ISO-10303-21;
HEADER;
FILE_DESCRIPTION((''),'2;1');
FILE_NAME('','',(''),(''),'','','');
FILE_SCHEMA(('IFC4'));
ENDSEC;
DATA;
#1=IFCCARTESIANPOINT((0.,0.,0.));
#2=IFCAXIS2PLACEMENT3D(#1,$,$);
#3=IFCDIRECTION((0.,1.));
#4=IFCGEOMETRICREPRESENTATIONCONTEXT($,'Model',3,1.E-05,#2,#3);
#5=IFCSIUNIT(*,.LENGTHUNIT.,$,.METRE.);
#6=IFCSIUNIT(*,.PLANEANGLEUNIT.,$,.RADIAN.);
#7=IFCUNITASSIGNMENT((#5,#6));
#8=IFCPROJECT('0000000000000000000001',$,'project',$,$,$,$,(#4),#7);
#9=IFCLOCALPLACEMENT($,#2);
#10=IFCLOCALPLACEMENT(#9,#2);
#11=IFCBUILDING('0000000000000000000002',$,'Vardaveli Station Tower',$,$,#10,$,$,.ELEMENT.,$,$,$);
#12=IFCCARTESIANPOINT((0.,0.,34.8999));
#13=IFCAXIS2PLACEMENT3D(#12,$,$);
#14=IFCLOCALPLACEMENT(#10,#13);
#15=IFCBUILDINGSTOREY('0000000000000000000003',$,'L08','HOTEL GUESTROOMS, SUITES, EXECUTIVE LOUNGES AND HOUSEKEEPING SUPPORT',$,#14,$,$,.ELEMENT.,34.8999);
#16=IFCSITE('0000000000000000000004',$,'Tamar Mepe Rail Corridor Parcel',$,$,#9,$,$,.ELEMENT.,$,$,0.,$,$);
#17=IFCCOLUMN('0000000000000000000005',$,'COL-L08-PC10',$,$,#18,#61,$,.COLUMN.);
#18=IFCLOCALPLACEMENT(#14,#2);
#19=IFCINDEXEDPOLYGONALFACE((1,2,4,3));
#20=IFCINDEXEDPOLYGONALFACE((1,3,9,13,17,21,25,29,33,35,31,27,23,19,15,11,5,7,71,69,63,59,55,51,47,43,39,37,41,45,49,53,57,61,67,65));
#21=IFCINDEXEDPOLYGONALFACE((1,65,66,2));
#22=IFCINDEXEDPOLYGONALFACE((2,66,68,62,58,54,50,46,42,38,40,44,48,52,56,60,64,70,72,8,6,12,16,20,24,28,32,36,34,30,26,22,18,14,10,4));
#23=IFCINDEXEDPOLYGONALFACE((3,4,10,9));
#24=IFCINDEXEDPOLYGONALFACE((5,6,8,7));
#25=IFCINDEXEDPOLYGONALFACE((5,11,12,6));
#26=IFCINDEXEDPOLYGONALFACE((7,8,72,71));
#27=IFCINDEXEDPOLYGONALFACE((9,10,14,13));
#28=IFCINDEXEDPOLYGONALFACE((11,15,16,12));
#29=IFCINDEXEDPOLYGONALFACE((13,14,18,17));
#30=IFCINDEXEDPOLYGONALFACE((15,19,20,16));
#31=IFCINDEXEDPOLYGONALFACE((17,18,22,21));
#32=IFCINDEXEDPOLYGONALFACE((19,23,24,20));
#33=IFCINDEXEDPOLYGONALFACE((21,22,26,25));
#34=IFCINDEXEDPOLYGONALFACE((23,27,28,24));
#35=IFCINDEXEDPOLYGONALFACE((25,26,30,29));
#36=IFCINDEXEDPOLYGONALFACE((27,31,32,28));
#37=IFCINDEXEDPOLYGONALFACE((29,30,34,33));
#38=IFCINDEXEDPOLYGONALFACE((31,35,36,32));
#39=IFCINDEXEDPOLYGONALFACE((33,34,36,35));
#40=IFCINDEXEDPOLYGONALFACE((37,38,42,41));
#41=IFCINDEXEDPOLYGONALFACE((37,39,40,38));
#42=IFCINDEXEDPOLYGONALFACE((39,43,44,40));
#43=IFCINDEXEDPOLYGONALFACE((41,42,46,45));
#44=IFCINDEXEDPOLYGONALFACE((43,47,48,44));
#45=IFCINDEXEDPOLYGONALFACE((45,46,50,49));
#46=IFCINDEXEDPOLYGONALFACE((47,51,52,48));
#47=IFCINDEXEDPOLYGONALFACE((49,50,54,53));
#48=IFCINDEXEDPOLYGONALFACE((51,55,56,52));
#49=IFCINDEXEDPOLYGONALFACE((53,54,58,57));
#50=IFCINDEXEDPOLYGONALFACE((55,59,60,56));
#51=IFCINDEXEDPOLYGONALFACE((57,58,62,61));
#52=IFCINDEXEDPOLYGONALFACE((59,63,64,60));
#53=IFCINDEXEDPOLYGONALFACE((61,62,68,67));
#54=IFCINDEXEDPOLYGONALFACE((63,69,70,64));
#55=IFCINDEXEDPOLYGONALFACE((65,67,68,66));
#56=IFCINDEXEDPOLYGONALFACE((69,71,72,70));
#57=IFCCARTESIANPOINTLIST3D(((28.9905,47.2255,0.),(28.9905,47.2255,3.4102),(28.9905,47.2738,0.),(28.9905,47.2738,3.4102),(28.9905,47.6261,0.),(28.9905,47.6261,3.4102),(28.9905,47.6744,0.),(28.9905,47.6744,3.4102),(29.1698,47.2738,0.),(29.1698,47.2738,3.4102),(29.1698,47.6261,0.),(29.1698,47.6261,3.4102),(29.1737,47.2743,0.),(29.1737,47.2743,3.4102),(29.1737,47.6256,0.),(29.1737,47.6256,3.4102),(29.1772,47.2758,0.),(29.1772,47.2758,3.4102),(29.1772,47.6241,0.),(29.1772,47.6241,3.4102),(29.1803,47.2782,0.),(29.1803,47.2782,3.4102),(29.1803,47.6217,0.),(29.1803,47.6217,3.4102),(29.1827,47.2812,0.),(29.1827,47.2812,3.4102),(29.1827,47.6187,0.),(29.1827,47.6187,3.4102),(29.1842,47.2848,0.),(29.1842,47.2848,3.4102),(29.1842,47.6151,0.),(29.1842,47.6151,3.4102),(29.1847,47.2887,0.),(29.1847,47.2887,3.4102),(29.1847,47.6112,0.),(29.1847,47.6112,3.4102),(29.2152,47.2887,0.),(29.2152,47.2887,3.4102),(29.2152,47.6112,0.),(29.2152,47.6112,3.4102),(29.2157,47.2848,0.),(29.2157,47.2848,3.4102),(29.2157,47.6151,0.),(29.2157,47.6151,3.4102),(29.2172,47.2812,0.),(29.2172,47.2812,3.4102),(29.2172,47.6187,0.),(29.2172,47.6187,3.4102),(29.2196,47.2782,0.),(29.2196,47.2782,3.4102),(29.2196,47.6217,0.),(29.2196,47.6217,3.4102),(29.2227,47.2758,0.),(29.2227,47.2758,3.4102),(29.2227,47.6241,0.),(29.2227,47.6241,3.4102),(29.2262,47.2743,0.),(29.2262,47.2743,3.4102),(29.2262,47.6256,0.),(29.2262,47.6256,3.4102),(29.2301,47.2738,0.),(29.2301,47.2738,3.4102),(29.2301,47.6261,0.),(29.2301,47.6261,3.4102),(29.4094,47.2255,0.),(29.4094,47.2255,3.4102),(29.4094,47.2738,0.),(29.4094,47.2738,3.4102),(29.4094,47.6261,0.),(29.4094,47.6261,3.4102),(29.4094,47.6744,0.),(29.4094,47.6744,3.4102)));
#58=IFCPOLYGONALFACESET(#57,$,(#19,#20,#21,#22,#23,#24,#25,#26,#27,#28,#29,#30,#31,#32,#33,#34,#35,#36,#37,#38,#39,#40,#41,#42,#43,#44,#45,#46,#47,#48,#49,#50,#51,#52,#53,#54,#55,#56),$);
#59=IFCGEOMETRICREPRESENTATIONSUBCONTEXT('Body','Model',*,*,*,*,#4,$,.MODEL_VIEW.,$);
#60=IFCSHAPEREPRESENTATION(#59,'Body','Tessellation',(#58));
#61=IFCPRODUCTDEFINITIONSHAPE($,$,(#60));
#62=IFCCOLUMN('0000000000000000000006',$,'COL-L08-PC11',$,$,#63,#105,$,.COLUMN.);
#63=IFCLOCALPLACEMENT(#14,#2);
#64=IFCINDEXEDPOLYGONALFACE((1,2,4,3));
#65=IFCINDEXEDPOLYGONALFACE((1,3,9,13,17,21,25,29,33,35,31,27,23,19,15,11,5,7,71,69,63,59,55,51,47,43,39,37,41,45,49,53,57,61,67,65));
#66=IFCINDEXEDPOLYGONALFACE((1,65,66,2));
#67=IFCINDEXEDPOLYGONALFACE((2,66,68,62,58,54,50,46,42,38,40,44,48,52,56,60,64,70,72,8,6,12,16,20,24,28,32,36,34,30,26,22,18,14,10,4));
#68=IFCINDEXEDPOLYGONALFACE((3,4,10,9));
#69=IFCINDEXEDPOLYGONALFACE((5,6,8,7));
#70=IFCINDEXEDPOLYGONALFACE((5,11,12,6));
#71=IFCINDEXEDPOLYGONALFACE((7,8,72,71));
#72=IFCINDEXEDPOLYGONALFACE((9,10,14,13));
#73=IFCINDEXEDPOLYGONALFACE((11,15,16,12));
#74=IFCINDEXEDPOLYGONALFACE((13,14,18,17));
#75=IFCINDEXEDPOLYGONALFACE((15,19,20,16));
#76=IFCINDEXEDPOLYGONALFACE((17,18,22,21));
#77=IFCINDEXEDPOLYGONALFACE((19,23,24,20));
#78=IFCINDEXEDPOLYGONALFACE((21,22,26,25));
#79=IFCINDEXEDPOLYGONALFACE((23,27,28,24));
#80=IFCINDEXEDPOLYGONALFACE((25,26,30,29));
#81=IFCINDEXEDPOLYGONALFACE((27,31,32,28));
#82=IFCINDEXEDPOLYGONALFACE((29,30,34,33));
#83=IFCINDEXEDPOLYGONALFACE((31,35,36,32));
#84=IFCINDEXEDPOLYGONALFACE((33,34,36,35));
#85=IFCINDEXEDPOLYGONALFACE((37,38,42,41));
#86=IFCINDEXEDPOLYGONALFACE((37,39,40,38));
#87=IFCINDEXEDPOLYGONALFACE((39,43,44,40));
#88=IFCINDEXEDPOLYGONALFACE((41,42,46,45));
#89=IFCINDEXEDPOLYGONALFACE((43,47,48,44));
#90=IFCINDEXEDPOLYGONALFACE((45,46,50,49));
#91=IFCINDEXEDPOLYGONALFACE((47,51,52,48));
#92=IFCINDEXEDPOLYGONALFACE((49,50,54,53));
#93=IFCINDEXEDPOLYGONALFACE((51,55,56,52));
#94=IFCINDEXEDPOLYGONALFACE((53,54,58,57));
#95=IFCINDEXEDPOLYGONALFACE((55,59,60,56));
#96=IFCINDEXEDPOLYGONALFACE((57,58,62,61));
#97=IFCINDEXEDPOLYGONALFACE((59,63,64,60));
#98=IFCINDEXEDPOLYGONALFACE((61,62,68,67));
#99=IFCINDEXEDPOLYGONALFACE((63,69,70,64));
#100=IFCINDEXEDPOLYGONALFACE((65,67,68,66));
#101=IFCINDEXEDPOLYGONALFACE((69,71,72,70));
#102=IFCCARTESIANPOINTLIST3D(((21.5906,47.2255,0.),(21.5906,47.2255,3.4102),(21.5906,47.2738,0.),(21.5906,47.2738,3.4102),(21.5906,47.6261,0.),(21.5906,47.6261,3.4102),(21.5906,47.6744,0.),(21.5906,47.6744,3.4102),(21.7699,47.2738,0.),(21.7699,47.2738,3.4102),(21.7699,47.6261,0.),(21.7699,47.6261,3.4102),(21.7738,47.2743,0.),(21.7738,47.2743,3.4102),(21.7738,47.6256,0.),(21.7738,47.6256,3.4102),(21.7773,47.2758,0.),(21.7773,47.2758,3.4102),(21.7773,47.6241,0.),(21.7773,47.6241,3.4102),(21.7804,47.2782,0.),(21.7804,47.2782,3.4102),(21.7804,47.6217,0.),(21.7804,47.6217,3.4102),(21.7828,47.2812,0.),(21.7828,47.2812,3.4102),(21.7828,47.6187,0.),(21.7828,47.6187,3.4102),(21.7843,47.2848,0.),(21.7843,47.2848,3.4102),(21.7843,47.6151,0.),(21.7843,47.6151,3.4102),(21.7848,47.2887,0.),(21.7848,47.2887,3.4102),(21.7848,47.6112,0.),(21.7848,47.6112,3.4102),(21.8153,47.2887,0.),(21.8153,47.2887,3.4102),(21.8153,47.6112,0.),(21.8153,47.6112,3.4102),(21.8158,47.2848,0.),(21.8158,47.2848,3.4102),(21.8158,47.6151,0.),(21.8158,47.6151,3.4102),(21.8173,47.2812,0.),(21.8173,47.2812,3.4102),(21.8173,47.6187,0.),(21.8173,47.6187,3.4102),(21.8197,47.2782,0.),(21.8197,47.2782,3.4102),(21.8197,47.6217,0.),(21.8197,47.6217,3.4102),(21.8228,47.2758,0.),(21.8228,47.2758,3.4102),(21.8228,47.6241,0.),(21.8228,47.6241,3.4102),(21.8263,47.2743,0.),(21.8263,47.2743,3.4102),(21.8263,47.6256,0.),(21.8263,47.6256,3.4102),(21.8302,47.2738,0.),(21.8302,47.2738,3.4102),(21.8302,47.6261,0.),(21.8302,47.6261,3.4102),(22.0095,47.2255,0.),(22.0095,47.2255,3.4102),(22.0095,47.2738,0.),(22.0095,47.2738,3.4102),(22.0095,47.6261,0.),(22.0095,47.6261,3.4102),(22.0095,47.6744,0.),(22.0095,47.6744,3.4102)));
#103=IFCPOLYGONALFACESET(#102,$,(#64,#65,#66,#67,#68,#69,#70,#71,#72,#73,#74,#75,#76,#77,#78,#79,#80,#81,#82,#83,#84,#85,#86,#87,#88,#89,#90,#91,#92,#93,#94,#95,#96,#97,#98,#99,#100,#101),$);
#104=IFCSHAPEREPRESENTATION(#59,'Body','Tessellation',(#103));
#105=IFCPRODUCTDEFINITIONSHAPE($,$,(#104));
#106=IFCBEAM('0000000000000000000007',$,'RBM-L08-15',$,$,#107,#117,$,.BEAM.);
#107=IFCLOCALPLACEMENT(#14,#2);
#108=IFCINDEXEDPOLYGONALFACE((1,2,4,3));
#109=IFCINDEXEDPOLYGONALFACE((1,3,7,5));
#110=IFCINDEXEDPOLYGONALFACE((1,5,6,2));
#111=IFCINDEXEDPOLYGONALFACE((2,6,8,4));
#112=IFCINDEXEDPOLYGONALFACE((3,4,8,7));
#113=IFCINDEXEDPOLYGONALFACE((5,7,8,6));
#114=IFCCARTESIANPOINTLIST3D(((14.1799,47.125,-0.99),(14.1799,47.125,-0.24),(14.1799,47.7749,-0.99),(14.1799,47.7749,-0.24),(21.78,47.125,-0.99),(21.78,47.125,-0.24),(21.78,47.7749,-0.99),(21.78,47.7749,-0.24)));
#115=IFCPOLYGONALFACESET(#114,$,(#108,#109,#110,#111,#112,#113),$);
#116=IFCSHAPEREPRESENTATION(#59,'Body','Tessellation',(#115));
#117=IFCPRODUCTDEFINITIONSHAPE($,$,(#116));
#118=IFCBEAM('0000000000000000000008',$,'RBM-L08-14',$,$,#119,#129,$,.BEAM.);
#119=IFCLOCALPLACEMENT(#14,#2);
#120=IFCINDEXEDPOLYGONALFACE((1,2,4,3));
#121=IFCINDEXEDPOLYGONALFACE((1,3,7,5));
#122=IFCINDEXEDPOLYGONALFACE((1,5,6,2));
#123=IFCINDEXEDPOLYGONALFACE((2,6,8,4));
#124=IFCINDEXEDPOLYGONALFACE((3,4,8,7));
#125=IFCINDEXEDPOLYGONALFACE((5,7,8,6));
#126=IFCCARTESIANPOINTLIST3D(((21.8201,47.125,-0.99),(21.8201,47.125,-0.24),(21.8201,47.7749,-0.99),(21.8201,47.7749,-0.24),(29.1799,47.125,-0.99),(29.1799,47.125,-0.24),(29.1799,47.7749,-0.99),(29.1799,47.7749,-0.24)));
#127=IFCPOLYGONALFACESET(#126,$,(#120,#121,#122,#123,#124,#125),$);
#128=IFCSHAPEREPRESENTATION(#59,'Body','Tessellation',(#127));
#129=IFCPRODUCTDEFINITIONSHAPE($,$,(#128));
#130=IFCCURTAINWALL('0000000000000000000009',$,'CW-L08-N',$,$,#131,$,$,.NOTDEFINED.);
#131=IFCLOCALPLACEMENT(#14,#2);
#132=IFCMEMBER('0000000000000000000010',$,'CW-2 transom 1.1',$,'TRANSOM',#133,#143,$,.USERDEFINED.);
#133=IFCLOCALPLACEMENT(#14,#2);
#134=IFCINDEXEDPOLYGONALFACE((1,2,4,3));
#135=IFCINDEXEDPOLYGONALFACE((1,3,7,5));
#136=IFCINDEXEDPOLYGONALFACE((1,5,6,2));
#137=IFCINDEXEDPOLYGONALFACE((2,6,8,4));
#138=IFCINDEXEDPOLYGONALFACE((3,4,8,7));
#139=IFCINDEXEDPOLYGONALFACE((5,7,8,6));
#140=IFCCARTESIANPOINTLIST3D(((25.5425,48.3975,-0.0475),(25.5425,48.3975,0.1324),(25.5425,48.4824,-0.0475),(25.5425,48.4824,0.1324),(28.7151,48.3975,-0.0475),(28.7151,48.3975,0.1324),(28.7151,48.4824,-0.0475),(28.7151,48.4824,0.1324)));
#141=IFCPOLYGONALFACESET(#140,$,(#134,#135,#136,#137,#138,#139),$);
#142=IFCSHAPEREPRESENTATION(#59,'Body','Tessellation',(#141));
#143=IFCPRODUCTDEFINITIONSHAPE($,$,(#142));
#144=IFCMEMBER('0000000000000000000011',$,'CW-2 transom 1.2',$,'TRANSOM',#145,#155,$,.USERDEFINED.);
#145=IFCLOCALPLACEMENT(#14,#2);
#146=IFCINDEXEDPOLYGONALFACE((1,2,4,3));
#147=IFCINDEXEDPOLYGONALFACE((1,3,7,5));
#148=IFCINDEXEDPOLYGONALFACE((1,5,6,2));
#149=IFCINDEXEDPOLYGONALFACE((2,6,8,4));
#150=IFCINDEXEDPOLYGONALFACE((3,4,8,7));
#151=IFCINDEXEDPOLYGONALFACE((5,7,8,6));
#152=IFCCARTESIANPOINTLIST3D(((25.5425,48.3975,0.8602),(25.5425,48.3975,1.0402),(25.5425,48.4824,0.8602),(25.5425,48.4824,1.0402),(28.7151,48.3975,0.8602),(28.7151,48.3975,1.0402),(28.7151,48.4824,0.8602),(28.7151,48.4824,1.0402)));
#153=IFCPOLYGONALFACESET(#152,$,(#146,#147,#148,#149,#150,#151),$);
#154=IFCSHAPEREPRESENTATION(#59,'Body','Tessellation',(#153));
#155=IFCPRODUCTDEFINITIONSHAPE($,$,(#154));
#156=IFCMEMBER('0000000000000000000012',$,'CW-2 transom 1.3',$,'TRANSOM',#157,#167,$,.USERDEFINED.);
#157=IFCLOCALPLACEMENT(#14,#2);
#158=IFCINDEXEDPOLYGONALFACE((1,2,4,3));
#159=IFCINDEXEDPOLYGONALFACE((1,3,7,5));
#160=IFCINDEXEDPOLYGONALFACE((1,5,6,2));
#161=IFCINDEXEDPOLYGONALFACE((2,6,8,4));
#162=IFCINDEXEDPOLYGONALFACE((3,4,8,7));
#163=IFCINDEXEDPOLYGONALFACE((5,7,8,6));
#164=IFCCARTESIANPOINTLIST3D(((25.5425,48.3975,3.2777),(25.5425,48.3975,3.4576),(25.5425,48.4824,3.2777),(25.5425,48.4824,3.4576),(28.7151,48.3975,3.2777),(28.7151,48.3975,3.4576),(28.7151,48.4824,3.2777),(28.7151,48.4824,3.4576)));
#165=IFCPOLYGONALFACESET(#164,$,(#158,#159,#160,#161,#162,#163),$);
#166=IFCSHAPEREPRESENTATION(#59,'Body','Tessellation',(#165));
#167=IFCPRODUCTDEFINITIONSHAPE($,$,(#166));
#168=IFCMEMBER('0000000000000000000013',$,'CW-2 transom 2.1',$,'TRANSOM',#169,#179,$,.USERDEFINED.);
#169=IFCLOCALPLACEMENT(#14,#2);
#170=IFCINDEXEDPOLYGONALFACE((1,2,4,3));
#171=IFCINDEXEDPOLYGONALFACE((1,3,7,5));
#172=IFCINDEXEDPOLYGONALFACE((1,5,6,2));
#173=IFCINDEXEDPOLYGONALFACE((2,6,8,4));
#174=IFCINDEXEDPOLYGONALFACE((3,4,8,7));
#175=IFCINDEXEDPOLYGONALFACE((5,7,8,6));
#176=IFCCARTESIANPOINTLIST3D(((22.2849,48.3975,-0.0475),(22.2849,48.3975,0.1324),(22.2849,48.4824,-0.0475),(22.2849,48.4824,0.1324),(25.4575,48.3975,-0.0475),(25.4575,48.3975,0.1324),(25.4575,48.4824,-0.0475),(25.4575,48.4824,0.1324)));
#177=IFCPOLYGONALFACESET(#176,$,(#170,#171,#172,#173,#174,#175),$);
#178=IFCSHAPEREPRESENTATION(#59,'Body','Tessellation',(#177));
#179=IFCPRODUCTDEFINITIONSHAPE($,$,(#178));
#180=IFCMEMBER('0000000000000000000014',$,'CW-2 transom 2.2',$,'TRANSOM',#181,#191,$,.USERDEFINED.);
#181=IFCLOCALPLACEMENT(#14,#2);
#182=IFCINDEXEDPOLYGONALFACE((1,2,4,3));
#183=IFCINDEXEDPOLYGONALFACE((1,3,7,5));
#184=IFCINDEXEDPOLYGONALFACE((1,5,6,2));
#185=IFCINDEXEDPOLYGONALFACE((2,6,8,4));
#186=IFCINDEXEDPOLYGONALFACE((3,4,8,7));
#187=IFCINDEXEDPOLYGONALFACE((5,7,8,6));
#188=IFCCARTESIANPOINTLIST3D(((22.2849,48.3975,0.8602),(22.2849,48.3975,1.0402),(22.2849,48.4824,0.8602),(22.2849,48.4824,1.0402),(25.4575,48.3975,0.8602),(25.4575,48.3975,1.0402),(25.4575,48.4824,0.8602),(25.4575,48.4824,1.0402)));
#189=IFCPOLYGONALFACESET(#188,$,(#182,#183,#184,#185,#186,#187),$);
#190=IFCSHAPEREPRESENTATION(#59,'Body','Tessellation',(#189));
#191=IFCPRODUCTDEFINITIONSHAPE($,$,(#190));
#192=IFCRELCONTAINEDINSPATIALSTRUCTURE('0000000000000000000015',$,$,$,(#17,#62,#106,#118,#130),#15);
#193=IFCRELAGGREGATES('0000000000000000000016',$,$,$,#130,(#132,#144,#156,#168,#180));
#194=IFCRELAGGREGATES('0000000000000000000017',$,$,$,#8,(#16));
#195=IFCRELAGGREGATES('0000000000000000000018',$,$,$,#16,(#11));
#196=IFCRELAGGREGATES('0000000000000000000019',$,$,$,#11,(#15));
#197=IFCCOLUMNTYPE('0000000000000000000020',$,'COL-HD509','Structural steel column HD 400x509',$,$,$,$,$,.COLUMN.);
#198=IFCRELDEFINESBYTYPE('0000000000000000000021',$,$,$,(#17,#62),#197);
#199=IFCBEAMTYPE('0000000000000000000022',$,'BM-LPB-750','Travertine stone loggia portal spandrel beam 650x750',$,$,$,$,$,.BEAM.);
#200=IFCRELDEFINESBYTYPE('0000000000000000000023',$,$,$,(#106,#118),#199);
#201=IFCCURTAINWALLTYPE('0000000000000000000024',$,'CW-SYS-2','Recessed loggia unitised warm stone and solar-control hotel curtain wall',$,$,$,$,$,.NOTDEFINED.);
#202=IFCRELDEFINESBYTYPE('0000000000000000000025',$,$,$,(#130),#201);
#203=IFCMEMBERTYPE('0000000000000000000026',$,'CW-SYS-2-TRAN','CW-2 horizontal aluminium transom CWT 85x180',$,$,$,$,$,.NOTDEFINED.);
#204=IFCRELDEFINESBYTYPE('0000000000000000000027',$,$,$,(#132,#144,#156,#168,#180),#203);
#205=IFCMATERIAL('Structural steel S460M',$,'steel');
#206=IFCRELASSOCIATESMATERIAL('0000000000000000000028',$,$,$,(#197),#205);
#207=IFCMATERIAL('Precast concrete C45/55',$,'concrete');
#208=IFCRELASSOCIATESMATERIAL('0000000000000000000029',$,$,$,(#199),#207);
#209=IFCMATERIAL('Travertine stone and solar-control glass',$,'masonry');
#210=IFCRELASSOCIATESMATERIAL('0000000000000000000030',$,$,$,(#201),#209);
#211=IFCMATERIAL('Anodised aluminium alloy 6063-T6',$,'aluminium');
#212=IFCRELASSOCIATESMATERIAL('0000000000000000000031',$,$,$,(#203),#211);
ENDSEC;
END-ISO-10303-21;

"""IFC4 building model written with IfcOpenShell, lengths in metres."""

from ifc_helpers import new_model, si_unit, direction, frame, origin, origin_2d, place, context, subcontext, project, spatial, rectangle, i_section, extrude, source, transform, mapped, material, material_profile, profile_set, type_object, element, aggregate, save


model = new_model("IFC4")

# Units and contexts
model_context = context("Model", 3, precision=1e-05, world=origin(), true_north=direction((0.0, 1.0)))
body_context = subcontext(model_context, "Body", "Model", "MODEL_VIEW")
ifc_project = project(units=[si_unit("LENGTHUNIT", "METRE"), si_unit("PLANEANGLEUNIT", "RADIAN")], contexts=[model_context])

# Site, building, storey
site_placement = place(None, origin())
site = spatial("IfcSite", under=ifc_project, at=site_placement, Name="Tamar Mepe Rail Corridor Parcel", CompositionType="ELEMENT", RefElevation=0.0)
building_placement = place(site_placement, origin())
building = spatial("IfcBuilding", under=site, at=building_placement, Name="Vardaveli Station Tower", CompositionType="ELEMENT")
storey_placement = place(building_placement, frame((0.0, 0.0, 34.8999)))
storey = spatial("IfcBuildingStorey", under=building, at=storey_placement, Name="L08", Description="HOTEL GUESTROOMS, SUITES, EXECUTIVE LOUNGES AND HOUSEKEEPING SUPPORT", CompositionType="ELEMENT", Elevation=34.8999)

# Columns
ifc_material_1 = material(Name="Structural steel S460M", Category="steel")
ifc_material_profile_1 = material_profile(ifc_material_1, i_section(OverallWidth=0.4189, OverallDepth=0.449, WebThickness=0.0305, FlangeThickness=0.0483, FilletRadius=0.0149, at=origin_2d()), Name="HD 400x509")
ifc_profile_set_1 = profile_set([ifc_material_profile_1], Name="Structural steel S460M")
column_type = type_object("IfcColumnType", Name="COL-HD509", Description="Structural steel column HD 400x509", PredefinedType="COLUMN", material=ifc_profile_set_1)
shared_shape_1 = source(origin(), body_context, "Body", "SweptSolid", [
    extrude(i_section(OverallWidth=0.4189, OverallDepth=0.449, WebThickness=0.0305, FlangeThickness=0.0483, FilletRadius=0.0149, at=origin_2d()), origin(), (0.0, 0.0, 1.0), 3.4102),
])
for number, where, z_axis, x_axis, name in (
    (1, (29.2, 47.45, 0.0), (0.0, 0.0, 1.0), (1.0, 0.0, 0.0), "COL-L08-PC10"),
    (2, (21.8, 47.45, 0.0), (0.0, 0.0, 1.0), (1.0, 0.0, 0.0), "COL-L08-PC11"),
):
    element("IfcColumn", number, at=place(storey_placement, frame(where, z_axis=z_axis, x_axis=x_axis)), inside=storey, type_object=column_type, Name=name, PredefinedType="COLUMN", context=body_context, shape_type="MappedRepresentation", body=[
        mapped(shared_shape_1, transform((0.0, 0.0, 0.0), scale=1.0)),
    ])

# Beams
ifc_material_2 = material(Name="Precast concrete C45/55", Category="concrete")
ifc_material_profile_2 = material_profile(ifc_material_2, rectangle(XDim=0.6499, YDim=0.75, at=origin_2d()), Name="LPB 650x750")
ifc_profile_set_2 = profile_set([ifc_material_profile_2], Name="Precast concrete C45/55")
beam_type = type_object("IfcBeamType", Name="BM-LPB-750", Description="Travertine stone loggia portal spandrel beam 650x750", PredefinedType="BEAM", material=ifc_profile_set_2)
shared_shape_2 = source(origin(), body_context, "Body", "SweptSolid", [
    extrude(rectangle(XDim=0.6499, YDim=0.75, at=origin_2d()), origin(), (0.0, 0.0, 1.0), 7.6001),
])
beam_1_placement = place(storey_placement, frame((21.78, 47.45, -0.615), z_axis=(-1.0, 0.0, 0.0), x_axis=(0.0, -1.0, 0.0)))
element("IfcBeam", 3, at=beam_1_placement, inside=storey, type_object=beam_type, Name="RBM-L08-15", PredefinedType="BEAM", context=body_context, shape_type="MappedRepresentation", body=[
    mapped(shared_shape_2, transform((0.0, 0.0, 0.0), scale=1.0)),
])
shared_shape_3 = source(origin(), body_context, "Body", "SweptSolid", [
    extrude(rectangle(XDim=0.6499, YDim=0.75, at=origin_2d()), origin(), (0.0, 0.0, 1.0), 7.3599),
])
beam_2_placement = place(storey_placement, frame((29.1799, 47.45, -0.615), z_axis=(-1.0, 0.0, 0.0), x_axis=(0.0, -1.0, 0.0)))
element("IfcBeam", 4, at=beam_2_placement, inside=storey, type_object=beam_type, Name="RBM-L08-14", PredefinedType="BEAM", context=body_context, shape_type="MappedRepresentation", body=[
    mapped(shared_shape_3, transform((0.0, 0.0, 0.0), scale=1.0)),
])

# Curtain wall, members
ifc_material_3 = material(Name="Travertine stone and solar-control glass", Category="masonry")
curtain_wall_type = type_object("IfcCurtainWallType", Name="CW-SYS-2", Description="Recessed loggia unitised warm stone and solar-control hotel curtain wall", PredefinedType="NOTDEFINED", material=ifc_material_3)
curtain_wall_placement = place(storey_placement, origin())
curtain_wall = element("IfcCurtainWall", 5, at=curtain_wall_placement, inside=storey, type_object=curtain_wall_type, Name="CW-L08-N", PredefinedType="NOTDEFINED")
ifc_material_4 = material(Name="Anodised aluminium alloy 6063-T6", Category="aluminium")
ifc_material_profile_3 = material_profile(ifc_material_4, rectangle(XDim=0.085, YDim=0.1799, at=origin_2d()), Name="CWT 85x180")
ifc_profile_set_3 = profile_set([ifc_material_profile_3], Name="Anodised aluminium alloy 6063-T6")
member_type_1 = type_object("IfcMemberType", Name="CW-SYS-2-TRAN", Description="CW-2 horizontal aluminium transom CWT 85x180", PredefinedType="NOTDEFINED", material=ifc_profile_set_3)
shared_shape_4 = source(origin(), body_context, "Body", "SweptSolid", [
    extrude(rectangle(XDim=0.085, YDim=0.1799, at=origin_2d()), origin(), (0.0, 0.0, 1.0), 3.1726),
])
member_1_placement = place(storey_placement, frame((28.7151, 48.4399, 0.0425), z_axis=(-1.0, 0.0, 0.0), x_axis=(0.0, -1.0, 0.0)))
member_1 = element("IfcMember", 6, at=member_1_placement, type_object=member_type_1, Name="CW-2 transom 1.1", ObjectType="TRANSOM", PredefinedType="USERDEFINED", context=body_context, shape_type="MappedRepresentation", body=[
    mapped(shared_shape_4, transform((0.0, 0.0, 0.0), scale=1.0)),
])
member_2_placement = place(storey_placement, frame((28.7151, 48.4399, 0.9502), z_axis=(-1.0, 0.0, 0.0), x_axis=(0.0, -1.0, 0.0)))
member_2 = element("IfcMember", 7, at=member_2_placement, type_object=member_type_1, Name="CW-2 transom 1.2", ObjectType="TRANSOM", PredefinedType="USERDEFINED", context=body_context, shape_type="MappedRepresentation", body=[
    mapped(shared_shape_4, transform((0.0, 0.0, 0.0), scale=1.0)),
])
member_3_placement = place(storey_placement, frame((28.7151, 48.4399, 3.3677), z_axis=(-1.0, 0.0, 0.0), x_axis=(0.0, -1.0, 0.0)))
member_3 = element("IfcMember", 8, at=member_3_placement, type_object=member_type_1, Name="CW-2 transom 1.3", ObjectType="TRANSOM", PredefinedType="USERDEFINED", context=body_context, shape_type="MappedRepresentation", body=[
    mapped(shared_shape_4, transform((0.0, 0.0, 0.0), scale=1.0)),
])
member_4_placement = place(storey_placement, frame((25.4575, 48.4399, 0.0425), z_axis=(-1.0, 0.0, 0.0), x_axis=(0.0, -1.0, 0.0)))
member_4 = element("IfcMember", 9, at=member_4_placement, type_object=member_type_1, Name="CW-2 transom 2.1", ObjectType="TRANSOM", PredefinedType="USERDEFINED", context=body_context, shape_type="MappedRepresentation", body=[
    mapped(shared_shape_4, transform((0.0, 0.0, 0.0), scale=1.0)),
])
member_5_placement = place(storey_placement, frame((25.4575, 48.4399, 0.9502), z_axis=(-1.0, 0.0, 0.0), x_axis=(0.0, -1.0, 0.0)))
member_5 = element("IfcMember", 10, at=member_5_placement, type_object=member_type_1, Name="CW-2 transom 2.2", ObjectType="TRANSOM", PredefinedType="USERDEFINED", context=body_context, shape_type="MappedRepresentation", body=[
    mapped(shared_shape_4, transform((0.0, 0.0, 0.0), scale=1.0)),
])
aggregate(curtain_wall, [member_1, member_2, member_3, member_4, member_5])

save(model, "model.ifc")
